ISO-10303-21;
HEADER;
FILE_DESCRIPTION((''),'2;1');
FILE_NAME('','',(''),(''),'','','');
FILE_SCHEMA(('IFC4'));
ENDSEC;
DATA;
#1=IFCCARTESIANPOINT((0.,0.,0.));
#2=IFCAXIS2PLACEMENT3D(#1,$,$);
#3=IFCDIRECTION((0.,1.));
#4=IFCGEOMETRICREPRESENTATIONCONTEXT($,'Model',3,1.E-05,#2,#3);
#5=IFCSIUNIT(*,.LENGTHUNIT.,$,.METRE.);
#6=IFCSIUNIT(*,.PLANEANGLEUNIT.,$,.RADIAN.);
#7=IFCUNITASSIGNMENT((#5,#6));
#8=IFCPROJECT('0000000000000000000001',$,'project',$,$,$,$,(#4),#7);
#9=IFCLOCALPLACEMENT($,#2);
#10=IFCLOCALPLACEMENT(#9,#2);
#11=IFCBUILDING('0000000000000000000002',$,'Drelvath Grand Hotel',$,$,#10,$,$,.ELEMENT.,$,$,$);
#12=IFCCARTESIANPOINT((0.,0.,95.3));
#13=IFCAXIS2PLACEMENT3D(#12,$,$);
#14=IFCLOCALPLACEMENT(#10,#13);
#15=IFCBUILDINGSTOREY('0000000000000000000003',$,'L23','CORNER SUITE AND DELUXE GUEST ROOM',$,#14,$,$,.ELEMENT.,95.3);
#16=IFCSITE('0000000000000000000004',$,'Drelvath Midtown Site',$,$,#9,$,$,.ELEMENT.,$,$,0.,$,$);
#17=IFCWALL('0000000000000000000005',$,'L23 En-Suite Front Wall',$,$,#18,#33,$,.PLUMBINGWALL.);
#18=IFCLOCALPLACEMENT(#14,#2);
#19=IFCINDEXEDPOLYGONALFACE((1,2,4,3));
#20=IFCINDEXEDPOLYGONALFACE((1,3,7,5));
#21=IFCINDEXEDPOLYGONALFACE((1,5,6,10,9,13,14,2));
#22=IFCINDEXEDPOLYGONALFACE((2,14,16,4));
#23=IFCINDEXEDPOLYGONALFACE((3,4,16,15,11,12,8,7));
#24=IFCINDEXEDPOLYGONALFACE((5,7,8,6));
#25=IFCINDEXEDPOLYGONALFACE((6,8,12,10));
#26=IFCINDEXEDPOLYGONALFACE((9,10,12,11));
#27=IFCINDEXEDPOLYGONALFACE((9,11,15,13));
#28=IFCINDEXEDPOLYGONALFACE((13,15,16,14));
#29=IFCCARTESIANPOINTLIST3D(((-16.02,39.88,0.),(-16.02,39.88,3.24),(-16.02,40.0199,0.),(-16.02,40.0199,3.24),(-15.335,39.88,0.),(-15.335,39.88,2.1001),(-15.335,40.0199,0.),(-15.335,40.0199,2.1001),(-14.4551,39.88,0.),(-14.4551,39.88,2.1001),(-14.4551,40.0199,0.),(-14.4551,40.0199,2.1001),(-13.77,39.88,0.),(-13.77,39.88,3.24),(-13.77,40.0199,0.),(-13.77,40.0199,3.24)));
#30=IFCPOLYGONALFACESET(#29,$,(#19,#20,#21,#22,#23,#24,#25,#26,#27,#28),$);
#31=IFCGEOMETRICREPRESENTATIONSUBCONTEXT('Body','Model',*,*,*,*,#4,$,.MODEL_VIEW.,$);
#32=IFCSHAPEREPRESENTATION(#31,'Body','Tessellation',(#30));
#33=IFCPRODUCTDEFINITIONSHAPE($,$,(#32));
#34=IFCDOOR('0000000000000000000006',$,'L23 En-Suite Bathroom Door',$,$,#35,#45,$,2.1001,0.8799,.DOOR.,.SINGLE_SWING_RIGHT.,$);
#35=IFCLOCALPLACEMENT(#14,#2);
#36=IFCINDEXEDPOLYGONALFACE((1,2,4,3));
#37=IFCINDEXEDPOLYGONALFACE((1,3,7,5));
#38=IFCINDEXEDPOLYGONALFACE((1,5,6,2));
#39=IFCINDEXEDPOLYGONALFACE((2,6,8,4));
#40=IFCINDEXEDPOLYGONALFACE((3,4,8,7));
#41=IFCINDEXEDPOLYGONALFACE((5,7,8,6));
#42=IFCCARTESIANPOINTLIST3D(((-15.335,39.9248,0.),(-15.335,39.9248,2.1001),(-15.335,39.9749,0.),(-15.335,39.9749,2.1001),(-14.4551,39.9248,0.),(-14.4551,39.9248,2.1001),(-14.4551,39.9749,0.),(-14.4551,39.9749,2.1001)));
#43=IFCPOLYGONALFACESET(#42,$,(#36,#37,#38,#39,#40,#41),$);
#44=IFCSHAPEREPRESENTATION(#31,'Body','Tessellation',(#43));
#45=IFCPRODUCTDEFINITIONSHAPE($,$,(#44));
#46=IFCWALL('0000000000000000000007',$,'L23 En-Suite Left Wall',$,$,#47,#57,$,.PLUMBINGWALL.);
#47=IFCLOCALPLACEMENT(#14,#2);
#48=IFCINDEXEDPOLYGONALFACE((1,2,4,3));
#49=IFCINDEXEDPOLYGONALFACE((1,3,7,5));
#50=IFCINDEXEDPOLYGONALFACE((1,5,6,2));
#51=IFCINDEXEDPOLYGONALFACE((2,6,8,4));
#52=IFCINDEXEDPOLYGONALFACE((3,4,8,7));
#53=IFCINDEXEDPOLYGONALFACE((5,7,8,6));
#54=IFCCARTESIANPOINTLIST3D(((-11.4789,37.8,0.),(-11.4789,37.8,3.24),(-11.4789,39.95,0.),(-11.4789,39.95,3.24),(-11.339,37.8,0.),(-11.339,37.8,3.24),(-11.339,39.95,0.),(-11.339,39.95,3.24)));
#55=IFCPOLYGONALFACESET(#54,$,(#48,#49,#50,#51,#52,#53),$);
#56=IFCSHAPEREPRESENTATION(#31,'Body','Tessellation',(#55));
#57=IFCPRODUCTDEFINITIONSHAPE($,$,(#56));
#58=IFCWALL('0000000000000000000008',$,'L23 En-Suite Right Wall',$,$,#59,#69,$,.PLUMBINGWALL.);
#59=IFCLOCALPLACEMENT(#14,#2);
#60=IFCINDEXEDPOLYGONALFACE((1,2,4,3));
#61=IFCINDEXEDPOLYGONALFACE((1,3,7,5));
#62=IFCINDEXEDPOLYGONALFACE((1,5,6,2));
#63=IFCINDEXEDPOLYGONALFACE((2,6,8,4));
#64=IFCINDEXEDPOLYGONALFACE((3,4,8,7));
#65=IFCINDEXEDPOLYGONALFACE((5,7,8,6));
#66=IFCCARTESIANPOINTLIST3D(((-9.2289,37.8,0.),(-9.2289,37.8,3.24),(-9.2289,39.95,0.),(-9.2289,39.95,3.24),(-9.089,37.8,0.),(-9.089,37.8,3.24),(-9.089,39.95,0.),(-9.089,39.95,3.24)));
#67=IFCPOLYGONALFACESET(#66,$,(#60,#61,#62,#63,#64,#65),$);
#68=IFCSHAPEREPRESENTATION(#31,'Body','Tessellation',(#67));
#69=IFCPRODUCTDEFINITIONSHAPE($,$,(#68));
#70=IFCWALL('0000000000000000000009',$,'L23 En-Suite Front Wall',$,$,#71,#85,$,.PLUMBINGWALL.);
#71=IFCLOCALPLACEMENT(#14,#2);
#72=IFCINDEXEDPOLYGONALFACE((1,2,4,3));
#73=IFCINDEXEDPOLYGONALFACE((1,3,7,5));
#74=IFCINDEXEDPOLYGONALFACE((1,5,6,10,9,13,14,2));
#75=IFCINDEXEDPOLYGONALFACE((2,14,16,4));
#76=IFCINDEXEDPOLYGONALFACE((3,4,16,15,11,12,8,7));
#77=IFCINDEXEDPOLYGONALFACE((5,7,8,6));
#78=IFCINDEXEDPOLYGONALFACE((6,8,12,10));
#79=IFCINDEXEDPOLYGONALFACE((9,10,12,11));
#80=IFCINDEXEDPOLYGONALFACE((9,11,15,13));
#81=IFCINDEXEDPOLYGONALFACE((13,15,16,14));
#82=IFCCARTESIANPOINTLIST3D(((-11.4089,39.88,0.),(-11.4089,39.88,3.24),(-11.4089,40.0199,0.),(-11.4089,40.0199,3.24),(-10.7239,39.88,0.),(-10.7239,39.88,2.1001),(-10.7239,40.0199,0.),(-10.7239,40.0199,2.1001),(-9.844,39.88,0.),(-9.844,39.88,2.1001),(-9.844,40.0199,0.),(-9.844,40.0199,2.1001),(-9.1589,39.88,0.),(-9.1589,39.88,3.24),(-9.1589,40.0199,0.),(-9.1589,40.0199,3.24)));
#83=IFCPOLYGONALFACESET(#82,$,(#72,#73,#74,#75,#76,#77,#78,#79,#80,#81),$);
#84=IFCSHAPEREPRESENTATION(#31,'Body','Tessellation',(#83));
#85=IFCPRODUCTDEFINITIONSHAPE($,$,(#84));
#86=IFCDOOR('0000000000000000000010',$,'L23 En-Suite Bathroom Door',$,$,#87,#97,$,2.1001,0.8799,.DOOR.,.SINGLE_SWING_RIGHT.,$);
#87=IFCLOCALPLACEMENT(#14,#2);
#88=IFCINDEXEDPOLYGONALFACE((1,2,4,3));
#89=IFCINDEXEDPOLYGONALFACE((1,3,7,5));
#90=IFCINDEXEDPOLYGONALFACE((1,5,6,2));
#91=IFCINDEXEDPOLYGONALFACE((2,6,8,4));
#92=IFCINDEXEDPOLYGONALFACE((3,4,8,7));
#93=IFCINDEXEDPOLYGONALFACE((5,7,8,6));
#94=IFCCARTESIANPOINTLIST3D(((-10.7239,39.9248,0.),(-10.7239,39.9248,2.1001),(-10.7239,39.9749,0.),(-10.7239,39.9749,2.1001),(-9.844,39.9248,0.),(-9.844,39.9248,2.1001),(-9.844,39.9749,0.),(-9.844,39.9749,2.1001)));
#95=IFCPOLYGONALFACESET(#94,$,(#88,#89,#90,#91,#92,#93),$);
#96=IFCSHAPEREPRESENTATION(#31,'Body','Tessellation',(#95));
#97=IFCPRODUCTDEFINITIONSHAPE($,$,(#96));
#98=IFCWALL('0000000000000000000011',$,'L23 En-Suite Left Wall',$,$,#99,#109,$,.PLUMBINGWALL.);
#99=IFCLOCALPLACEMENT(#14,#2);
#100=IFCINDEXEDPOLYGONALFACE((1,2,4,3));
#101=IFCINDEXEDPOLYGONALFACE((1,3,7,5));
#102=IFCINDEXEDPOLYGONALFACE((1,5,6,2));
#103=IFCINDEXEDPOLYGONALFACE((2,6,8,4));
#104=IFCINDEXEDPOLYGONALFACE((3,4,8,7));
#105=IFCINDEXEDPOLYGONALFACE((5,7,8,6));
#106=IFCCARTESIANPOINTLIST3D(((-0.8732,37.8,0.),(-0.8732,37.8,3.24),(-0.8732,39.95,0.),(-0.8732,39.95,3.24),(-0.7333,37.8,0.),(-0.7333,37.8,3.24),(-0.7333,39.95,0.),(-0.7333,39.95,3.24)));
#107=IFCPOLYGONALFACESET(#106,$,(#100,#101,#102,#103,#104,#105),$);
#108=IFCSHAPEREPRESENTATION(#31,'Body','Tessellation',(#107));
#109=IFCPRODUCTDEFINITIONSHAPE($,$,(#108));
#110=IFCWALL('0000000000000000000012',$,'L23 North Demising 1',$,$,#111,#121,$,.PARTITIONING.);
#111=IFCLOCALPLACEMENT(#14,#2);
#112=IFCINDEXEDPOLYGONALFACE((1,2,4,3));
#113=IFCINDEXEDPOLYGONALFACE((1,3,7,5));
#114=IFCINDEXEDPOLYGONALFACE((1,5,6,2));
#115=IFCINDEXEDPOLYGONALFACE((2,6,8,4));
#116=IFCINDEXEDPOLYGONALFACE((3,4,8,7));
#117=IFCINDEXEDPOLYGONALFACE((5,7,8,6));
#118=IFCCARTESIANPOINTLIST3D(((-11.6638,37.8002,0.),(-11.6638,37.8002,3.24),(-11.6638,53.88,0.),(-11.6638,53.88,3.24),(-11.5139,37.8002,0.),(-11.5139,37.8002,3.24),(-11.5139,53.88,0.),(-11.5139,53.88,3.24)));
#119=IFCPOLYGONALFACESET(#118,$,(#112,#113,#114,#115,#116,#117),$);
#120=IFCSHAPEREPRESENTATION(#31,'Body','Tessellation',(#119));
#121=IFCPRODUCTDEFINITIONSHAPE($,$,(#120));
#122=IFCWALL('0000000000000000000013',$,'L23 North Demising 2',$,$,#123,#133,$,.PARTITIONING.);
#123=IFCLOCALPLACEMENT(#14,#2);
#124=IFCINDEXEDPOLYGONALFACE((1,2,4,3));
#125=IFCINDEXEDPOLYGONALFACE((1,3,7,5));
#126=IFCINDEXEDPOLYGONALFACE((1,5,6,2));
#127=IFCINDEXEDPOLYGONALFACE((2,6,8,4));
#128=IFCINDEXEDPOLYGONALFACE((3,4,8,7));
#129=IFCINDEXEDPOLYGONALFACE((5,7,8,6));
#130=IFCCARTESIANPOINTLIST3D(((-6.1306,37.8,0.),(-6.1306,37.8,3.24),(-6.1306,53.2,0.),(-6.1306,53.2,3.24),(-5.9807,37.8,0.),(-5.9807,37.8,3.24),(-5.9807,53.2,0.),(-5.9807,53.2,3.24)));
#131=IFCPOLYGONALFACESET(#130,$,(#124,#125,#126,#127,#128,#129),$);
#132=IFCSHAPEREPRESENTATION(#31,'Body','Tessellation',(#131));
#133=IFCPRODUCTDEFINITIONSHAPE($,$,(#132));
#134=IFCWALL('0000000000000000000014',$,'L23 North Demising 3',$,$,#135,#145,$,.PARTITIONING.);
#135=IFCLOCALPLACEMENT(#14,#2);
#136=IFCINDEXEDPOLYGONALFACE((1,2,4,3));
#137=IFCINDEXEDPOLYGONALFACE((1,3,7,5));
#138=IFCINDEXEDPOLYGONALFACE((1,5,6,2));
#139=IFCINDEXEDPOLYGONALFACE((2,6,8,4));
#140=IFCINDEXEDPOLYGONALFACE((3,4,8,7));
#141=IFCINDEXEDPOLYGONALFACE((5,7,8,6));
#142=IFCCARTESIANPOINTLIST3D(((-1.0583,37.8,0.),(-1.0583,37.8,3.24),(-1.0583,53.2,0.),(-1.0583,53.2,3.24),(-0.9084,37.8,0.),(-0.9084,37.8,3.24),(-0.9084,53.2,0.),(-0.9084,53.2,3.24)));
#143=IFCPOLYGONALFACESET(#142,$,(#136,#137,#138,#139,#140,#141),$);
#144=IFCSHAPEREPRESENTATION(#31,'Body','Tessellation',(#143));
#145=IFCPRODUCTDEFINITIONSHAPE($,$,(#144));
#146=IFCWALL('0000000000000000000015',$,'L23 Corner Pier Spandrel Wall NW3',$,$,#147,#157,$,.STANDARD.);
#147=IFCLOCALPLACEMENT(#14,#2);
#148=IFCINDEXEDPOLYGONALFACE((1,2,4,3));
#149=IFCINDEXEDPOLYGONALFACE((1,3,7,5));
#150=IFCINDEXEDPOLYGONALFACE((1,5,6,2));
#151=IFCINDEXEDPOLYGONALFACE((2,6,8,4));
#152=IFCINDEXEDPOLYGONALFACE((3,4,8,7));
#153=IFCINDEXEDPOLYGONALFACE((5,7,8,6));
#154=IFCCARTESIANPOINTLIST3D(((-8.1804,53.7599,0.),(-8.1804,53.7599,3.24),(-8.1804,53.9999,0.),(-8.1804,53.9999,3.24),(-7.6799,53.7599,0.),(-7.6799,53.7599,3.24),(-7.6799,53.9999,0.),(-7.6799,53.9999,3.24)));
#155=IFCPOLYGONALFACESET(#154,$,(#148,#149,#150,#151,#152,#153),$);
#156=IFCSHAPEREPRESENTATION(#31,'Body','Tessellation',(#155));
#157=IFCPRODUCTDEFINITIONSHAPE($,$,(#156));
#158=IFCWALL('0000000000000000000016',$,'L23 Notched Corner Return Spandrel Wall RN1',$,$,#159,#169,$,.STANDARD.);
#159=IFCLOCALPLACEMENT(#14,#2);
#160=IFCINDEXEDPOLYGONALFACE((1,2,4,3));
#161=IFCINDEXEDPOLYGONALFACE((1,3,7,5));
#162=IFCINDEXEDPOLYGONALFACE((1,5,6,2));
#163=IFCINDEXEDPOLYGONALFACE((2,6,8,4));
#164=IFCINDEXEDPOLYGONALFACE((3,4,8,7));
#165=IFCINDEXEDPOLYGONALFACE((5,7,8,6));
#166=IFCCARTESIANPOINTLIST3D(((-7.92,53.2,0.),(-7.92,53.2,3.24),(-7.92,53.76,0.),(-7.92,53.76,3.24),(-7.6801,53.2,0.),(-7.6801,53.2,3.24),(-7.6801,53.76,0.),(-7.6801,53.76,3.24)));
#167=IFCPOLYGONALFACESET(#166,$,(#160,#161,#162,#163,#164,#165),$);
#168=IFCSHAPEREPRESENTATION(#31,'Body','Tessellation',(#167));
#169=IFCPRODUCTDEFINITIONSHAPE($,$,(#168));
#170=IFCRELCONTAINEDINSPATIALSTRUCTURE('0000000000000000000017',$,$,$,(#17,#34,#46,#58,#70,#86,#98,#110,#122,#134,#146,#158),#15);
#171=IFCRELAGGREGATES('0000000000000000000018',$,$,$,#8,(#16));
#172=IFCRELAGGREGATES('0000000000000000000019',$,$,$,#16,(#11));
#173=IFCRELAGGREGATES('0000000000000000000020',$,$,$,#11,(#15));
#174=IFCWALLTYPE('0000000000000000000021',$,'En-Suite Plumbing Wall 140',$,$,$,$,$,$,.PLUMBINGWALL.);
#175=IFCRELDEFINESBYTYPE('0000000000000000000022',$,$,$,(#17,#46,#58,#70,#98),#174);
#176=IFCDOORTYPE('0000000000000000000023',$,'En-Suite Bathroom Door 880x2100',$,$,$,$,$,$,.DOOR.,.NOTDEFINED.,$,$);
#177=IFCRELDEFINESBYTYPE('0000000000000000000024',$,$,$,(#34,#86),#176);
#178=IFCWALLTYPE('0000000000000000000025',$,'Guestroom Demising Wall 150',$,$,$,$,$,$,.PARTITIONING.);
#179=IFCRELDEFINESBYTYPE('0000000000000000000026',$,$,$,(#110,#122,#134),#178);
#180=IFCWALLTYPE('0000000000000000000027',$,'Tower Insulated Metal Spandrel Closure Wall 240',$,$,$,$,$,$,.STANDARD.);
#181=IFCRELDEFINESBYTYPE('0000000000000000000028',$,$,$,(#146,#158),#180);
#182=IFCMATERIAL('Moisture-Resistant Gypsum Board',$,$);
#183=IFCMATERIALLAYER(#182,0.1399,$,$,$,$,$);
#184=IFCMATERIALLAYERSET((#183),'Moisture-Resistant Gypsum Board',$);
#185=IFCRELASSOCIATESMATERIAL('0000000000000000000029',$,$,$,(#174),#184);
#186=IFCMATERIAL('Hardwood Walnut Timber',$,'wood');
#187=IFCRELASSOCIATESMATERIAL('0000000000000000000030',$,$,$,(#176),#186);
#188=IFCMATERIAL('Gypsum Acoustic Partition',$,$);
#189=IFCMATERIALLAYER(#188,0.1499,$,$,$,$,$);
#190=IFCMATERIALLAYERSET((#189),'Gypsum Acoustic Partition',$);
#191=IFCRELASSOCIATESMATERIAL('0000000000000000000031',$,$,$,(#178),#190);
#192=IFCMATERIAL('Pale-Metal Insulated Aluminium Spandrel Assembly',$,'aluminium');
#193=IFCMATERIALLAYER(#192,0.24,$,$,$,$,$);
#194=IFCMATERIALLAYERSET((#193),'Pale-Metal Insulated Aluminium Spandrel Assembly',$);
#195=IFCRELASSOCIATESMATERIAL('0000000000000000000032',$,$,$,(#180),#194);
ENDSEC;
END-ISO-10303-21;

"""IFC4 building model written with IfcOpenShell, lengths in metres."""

from ifc_helpers import new_model, si_unit, direction, frame, frame_2d, origin, place, context, subcontext, project, spatial, rectangle, extrude, material, layer, layer_set, type_object, element, fill, save


model = new_model("IFC4")

# Units and contexts
model_context = context("Model", 3, precision=1e-05, world=origin(), true_north=direction((0.0, 1.0)))
body_context = subcontext(model_context, "Body", "Model", "MODEL_VIEW")
ifc_project = project(units=[si_unit("LENGTHUNIT", "METRE"), si_unit("PLANEANGLEUNIT", "RADIAN")], contexts=[model_context])

# Site, building, storey
site_placement = place(None, origin())
site = spatial("IfcSite", under=ifc_project, at=site_placement, Name="Drelvath Midtown Site", CompositionType="ELEMENT", RefElevation=0.0)
building_placement = place(site_placement, origin())
building = spatial("IfcBuilding", under=site, at=building_placement, Name="Drelvath Grand Hotel", CompositionType="ELEMENT")
storey_placement = place(building_placement, frame((0.0, 0.0, 95.3)))
storey = spatial("IfcBuildingStorey", under=building, at=storey_placement, Name="L23", Description="CORNER SUITE AND DELUXE GUEST ROOM", CompositionType="ELEMENT", Elevation=95.3)

# Wall, opening, door
ifc_material_1 = material(Name="Moisture-Resistant Gypsum Board")
ifc_layer_1 = layer(ifc_material_1, 0.1399)
ifc_layer_set_1 = layer_set([ifc_layer_1], Name="Moisture-Resistant Gypsum Board")
wall_type_1 = type_object("IfcWallType", Name="En-Suite Plumbing Wall 140", PredefinedType="PLUMBINGWALL", material=ifc_layer_set_1)
wall_1_placement = place(storey_placement, frame((-16.02, 39.95, 0.0), z_axis=(0.0, 0.0, 1.0), x_axis=(1.0, 0.0, 0.0)))
wall_1 = element("IfcWall", 1, at=wall_1_placement, inside=storey, type_object=wall_type_1, Name="L23 En-Suite Front Wall", PredefinedType="PLUMBINGWALL", context=body_context, shape_type="SweptSolid", body=[
    extrude(rectangle(XDim=2.25, YDim=0.1399, at=frame_2d((1.125, 0.0))), origin(), (0.0, 0.0, 1.0), 3.24),
])
opening_1_placement = place(wall_1_placement, frame((0.6851, 0.0, 0.0)))
opening_1 = element("IfcOpeningElement", 2, at=opening_1_placement, cuts=wall_1, PredefinedType="OPENING", context=body_context, shape_type="SweptSolid", body=[
    extrude(rectangle(XDim=0.8799, YDim=2.1001, at=frame_2d((0.4399, 1.05))), frame((0.0, 0.0798, 0.0), z_axis=(0.0, -1.0, 0.0), x_axis=(1.0, 0.0, 0.0)), (0.0, 0.0, 1.0), 0.1599),
])
ifc_material_2 = material(Name="Hardwood Walnut Timber", Category="wood")
door_type = type_object("IfcDoorType", Name="En-Suite Bathroom Door 880x2100", OperationType="NOTDEFINED", PredefinedType="DOOR", material=ifc_material_2)
door_1_placement = place(opening_1_placement, origin())
door_1 = element("IfcDoor", 3, at=door_1_placement, inside=storey, type_object=door_type, Name="L23 En-Suite Bathroom Door", OperationType="SINGLE_SWING_RIGHT", OverallHeight=2.1001, OverallWidth=0.8799, PredefinedType="DOOR", context=body_context, shape_type="SweptSolid", body=[
    extrude(rectangle(XDim=0.8799, YDim=2.1001, at=frame_2d((0.4399, 1.05))), frame((0.0, 0.0249, 0.0), z_axis=(0.0, -1.0, 0.0), x_axis=(1.0, 0.0, 0.0)), (0.0, 0.0, 1.0), 0.05),
])
fill(opening_1, door_1)

# Walls
for number, where, z_axis, x_axis, name in (
    (4, (-11.4089, 37.8, 0.0), (0.0, 0.0, 1.0), (0.0, 1.0, 0.0), "L23 En-Suite Left Wall"),
    (5, (-9.1589, 37.8, 0.0), (0.0, 0.0, 1.0), (0.0, 1.0, 0.0), "L23 En-Suite Right Wall"),
):
    element("IfcWall", number, at=place(storey_placement, frame(where, z_axis=z_axis, x_axis=x_axis)), inside=storey, type_object=wall_type_1, Name=name, PredefinedType="PLUMBINGWALL", context=body_context, shape_type="SweptSolid", body=[
        extrude(rectangle(XDim=2.1499, YDim=0.1399, at=frame_2d((1.075, 0.0))), origin(), (0.0, 0.0, 1.0), 3.24),
    ])

# Wall, opening, door
wall_2_placement = place(storey_placement, frame((-11.4089, 39.95, 0.0), z_axis=(0.0, 0.0, 1.0), x_axis=(1.0, 0.0, 0.0)))
wall_2 = element("IfcWall", 6, at=wall_2_placement, inside=storey, type_object=wall_type_1, Name="L23 En-Suite Front Wall", PredefinedType="PLUMBINGWALL", context=body_context, shape_type="SweptSolid", body=[
    extrude(rectangle(XDim=2.25, YDim=0.1399, at=frame_2d((1.125, 0.0))), origin(), (0.0, 0.0, 1.0), 3.24),
])
opening_2_placement = place(wall_2_placement, frame((0.6851, 0.0, 0.0)))
opening_2 = element("IfcOpeningElement", 7, at=opening_2_placement, cuts=wall_2, PredefinedType="OPENING", context=body_context, shape_type="SweptSolid", body=[
    extrude(rectangle(XDim=0.8799, YDim=2.1001, at=frame_2d((0.4399, 1.05))), frame((0.0, 0.0798, 0.0), z_axis=(0.0, -1.0, 0.0), x_axis=(1.0, 0.0, 0.0)), (0.0, 0.0, 1.0), 0.1599),
])
door_2_placement = place(opening_2_placement, origin())
door_2 = element("IfcDoor", 8, at=door_2_placement, inside=storey, type_object=door_type, Name="L23 En-Suite Bathroom Door", OperationType="SINGLE_SWING_RIGHT", OverallHeight=2.1001, OverallWidth=0.8799, PredefinedType="DOOR", context=body_context, shape_type="SweptSolid", body=[
    extrude(rectangle(XDim=0.8799, YDim=2.1001, at=frame_2d((0.4399, 1.05))), frame((0.0, 0.0249, 0.0), z_axis=(0.0, -1.0, 0.0), x_axis=(1.0, 0.0, 0.0)), (0.0, 0.0, 1.0), 0.05),
])
fill(opening_2, door_2)

# Walls
wall_3_placement = place(storey_placement, frame((-0.8032, 37.8, 0.0), z_axis=(0.0, 0.0, 1.0), x_axis=(0.0, 1.0, 0.0)))
element("IfcWall", 9, at=wall_3_placement, inside=storey, type_object=wall_type_1, Name="L23 En-Suite Left Wall", PredefinedType="PLUMBINGWALL", context=body_context, shape_type="SweptSolid", body=[
    extrude(rectangle(XDim=2.1499, YDim=0.1399, at=frame_2d((1.075, 0.0))), origin(), (0.0, 0.0, 1.0), 3.24),
])
ifc_material_3 = material(Name="Gypsum Acoustic Partition")
ifc_layer_2 = layer(ifc_material_3, 0.1499)
ifc_layer_set_2 = layer_set([ifc_layer_2], Name="Gypsum Acoustic Partition")
wall_type_2 = type_object("IfcWallType", Name="Guestroom Demising Wall 150", PredefinedType="PARTITIONING", material=ifc_layer_set_2)
wall_4_placement = place(storey_placement, frame((-11.5889, 37.8, 0.0), z_axis=(0.0, 0.0, 1.0), x_axis=(0.0, 1.0, 0.0)))
element("IfcWall", 10, at=wall_4_placement, inside=storey, type_object=wall_type_2, Name="L23 North Demising 1", PredefinedType="PARTITIONING", context=body_context, shape_type="SweptSolid", body=[
    extrude(rectangle(XDim=16.0798, YDim=0.1499, at=frame_2d((8.04, 0.0))), origin(), (0.0, 0.0, 1.0), 3.24),
])
for number, where, z_axis, x_axis, name in (
    (11, (-6.0557, 37.8, 0.0), (0.0, 0.0, 1.0), (0.0, 1.0, 0.0), "L23 North Demising 2"),
    (12, (-0.9834, 37.8, 0.0), (0.0, 0.0, 1.0), (0.0, 1.0, 0.0), "L23 North Demising 3"),
):
    element("IfcWall", number, at=place(storey_placement, frame(where, z_axis=z_axis, x_axis=x_axis)), inside=storey, type_object=wall_type_2, Name=name, PredefinedType="PARTITIONING", context=body_context, shape_type="SweptSolid", body=[
        extrude(rectangle(XDim=15.3999, YDim=0.1499, at=frame_2d((7.7, 0.0))), origin(), (0.0, 0.0, 1.0), 3.24),
    ])
ifc_material_4 = material(Name="Pale-Metal Insulated Aluminium Spandrel Assembly", Category="aluminium")
ifc_layer_3 = layer(ifc_material_4, 0.24)
ifc_layer_set_3 = layer_set([ifc_layer_3], Name="Pale-Metal Insulated Aluminium Spandrel Assembly")
wall_type_3 = type_object("IfcWallType", Name="Tower Insulated Metal Spandrel Closure Wall 240", PredefinedType="STANDARD", material=ifc_layer_set_3)
wall_5_placement = place(storey_placement, frame((-8.1804, 53.8799, 0.0), z_axis=(0.0, 0.0, 1.0), x_axis=(1.0, 0.0, 0.0)))
element("IfcWall", 13, at=wall_5_placement, inside=storey, type_object=wall_type_3, Name="L23 Corner Pier Spandrel Wall NW3", PredefinedType="STANDARD", context=body_context, shape_type="SweptSolid", body=[
    extrude(rectangle(XDim=0.5005, YDim=0.24, at=frame_2d((0.2502, 0.0))), origin(), (0.0, 0.0, 1.0), 3.24),
])
wall_6_placement = place(storey_placement, frame((-7.8, 53.76, 0.0), z_axis=(0.0, 0.0, 1.0), x_axis=(0.0, -1.0, 0.0)))
element("IfcWall", 14, at=wall_6_placement, inside=storey, type_object=wall_type_3, Name="L23 Notched Corner Return Spandrel Wall RN1", PredefinedType="STANDARD", context=body_context, shape_type="SweptSolid", body=[
    extrude(rectangle(XDim=0.5601, YDim=0.24, at=frame_2d((0.28, 0.0))), origin(), (0.0, 0.0, 1.0), 3.24),
])

save(model, "model.ifc")
